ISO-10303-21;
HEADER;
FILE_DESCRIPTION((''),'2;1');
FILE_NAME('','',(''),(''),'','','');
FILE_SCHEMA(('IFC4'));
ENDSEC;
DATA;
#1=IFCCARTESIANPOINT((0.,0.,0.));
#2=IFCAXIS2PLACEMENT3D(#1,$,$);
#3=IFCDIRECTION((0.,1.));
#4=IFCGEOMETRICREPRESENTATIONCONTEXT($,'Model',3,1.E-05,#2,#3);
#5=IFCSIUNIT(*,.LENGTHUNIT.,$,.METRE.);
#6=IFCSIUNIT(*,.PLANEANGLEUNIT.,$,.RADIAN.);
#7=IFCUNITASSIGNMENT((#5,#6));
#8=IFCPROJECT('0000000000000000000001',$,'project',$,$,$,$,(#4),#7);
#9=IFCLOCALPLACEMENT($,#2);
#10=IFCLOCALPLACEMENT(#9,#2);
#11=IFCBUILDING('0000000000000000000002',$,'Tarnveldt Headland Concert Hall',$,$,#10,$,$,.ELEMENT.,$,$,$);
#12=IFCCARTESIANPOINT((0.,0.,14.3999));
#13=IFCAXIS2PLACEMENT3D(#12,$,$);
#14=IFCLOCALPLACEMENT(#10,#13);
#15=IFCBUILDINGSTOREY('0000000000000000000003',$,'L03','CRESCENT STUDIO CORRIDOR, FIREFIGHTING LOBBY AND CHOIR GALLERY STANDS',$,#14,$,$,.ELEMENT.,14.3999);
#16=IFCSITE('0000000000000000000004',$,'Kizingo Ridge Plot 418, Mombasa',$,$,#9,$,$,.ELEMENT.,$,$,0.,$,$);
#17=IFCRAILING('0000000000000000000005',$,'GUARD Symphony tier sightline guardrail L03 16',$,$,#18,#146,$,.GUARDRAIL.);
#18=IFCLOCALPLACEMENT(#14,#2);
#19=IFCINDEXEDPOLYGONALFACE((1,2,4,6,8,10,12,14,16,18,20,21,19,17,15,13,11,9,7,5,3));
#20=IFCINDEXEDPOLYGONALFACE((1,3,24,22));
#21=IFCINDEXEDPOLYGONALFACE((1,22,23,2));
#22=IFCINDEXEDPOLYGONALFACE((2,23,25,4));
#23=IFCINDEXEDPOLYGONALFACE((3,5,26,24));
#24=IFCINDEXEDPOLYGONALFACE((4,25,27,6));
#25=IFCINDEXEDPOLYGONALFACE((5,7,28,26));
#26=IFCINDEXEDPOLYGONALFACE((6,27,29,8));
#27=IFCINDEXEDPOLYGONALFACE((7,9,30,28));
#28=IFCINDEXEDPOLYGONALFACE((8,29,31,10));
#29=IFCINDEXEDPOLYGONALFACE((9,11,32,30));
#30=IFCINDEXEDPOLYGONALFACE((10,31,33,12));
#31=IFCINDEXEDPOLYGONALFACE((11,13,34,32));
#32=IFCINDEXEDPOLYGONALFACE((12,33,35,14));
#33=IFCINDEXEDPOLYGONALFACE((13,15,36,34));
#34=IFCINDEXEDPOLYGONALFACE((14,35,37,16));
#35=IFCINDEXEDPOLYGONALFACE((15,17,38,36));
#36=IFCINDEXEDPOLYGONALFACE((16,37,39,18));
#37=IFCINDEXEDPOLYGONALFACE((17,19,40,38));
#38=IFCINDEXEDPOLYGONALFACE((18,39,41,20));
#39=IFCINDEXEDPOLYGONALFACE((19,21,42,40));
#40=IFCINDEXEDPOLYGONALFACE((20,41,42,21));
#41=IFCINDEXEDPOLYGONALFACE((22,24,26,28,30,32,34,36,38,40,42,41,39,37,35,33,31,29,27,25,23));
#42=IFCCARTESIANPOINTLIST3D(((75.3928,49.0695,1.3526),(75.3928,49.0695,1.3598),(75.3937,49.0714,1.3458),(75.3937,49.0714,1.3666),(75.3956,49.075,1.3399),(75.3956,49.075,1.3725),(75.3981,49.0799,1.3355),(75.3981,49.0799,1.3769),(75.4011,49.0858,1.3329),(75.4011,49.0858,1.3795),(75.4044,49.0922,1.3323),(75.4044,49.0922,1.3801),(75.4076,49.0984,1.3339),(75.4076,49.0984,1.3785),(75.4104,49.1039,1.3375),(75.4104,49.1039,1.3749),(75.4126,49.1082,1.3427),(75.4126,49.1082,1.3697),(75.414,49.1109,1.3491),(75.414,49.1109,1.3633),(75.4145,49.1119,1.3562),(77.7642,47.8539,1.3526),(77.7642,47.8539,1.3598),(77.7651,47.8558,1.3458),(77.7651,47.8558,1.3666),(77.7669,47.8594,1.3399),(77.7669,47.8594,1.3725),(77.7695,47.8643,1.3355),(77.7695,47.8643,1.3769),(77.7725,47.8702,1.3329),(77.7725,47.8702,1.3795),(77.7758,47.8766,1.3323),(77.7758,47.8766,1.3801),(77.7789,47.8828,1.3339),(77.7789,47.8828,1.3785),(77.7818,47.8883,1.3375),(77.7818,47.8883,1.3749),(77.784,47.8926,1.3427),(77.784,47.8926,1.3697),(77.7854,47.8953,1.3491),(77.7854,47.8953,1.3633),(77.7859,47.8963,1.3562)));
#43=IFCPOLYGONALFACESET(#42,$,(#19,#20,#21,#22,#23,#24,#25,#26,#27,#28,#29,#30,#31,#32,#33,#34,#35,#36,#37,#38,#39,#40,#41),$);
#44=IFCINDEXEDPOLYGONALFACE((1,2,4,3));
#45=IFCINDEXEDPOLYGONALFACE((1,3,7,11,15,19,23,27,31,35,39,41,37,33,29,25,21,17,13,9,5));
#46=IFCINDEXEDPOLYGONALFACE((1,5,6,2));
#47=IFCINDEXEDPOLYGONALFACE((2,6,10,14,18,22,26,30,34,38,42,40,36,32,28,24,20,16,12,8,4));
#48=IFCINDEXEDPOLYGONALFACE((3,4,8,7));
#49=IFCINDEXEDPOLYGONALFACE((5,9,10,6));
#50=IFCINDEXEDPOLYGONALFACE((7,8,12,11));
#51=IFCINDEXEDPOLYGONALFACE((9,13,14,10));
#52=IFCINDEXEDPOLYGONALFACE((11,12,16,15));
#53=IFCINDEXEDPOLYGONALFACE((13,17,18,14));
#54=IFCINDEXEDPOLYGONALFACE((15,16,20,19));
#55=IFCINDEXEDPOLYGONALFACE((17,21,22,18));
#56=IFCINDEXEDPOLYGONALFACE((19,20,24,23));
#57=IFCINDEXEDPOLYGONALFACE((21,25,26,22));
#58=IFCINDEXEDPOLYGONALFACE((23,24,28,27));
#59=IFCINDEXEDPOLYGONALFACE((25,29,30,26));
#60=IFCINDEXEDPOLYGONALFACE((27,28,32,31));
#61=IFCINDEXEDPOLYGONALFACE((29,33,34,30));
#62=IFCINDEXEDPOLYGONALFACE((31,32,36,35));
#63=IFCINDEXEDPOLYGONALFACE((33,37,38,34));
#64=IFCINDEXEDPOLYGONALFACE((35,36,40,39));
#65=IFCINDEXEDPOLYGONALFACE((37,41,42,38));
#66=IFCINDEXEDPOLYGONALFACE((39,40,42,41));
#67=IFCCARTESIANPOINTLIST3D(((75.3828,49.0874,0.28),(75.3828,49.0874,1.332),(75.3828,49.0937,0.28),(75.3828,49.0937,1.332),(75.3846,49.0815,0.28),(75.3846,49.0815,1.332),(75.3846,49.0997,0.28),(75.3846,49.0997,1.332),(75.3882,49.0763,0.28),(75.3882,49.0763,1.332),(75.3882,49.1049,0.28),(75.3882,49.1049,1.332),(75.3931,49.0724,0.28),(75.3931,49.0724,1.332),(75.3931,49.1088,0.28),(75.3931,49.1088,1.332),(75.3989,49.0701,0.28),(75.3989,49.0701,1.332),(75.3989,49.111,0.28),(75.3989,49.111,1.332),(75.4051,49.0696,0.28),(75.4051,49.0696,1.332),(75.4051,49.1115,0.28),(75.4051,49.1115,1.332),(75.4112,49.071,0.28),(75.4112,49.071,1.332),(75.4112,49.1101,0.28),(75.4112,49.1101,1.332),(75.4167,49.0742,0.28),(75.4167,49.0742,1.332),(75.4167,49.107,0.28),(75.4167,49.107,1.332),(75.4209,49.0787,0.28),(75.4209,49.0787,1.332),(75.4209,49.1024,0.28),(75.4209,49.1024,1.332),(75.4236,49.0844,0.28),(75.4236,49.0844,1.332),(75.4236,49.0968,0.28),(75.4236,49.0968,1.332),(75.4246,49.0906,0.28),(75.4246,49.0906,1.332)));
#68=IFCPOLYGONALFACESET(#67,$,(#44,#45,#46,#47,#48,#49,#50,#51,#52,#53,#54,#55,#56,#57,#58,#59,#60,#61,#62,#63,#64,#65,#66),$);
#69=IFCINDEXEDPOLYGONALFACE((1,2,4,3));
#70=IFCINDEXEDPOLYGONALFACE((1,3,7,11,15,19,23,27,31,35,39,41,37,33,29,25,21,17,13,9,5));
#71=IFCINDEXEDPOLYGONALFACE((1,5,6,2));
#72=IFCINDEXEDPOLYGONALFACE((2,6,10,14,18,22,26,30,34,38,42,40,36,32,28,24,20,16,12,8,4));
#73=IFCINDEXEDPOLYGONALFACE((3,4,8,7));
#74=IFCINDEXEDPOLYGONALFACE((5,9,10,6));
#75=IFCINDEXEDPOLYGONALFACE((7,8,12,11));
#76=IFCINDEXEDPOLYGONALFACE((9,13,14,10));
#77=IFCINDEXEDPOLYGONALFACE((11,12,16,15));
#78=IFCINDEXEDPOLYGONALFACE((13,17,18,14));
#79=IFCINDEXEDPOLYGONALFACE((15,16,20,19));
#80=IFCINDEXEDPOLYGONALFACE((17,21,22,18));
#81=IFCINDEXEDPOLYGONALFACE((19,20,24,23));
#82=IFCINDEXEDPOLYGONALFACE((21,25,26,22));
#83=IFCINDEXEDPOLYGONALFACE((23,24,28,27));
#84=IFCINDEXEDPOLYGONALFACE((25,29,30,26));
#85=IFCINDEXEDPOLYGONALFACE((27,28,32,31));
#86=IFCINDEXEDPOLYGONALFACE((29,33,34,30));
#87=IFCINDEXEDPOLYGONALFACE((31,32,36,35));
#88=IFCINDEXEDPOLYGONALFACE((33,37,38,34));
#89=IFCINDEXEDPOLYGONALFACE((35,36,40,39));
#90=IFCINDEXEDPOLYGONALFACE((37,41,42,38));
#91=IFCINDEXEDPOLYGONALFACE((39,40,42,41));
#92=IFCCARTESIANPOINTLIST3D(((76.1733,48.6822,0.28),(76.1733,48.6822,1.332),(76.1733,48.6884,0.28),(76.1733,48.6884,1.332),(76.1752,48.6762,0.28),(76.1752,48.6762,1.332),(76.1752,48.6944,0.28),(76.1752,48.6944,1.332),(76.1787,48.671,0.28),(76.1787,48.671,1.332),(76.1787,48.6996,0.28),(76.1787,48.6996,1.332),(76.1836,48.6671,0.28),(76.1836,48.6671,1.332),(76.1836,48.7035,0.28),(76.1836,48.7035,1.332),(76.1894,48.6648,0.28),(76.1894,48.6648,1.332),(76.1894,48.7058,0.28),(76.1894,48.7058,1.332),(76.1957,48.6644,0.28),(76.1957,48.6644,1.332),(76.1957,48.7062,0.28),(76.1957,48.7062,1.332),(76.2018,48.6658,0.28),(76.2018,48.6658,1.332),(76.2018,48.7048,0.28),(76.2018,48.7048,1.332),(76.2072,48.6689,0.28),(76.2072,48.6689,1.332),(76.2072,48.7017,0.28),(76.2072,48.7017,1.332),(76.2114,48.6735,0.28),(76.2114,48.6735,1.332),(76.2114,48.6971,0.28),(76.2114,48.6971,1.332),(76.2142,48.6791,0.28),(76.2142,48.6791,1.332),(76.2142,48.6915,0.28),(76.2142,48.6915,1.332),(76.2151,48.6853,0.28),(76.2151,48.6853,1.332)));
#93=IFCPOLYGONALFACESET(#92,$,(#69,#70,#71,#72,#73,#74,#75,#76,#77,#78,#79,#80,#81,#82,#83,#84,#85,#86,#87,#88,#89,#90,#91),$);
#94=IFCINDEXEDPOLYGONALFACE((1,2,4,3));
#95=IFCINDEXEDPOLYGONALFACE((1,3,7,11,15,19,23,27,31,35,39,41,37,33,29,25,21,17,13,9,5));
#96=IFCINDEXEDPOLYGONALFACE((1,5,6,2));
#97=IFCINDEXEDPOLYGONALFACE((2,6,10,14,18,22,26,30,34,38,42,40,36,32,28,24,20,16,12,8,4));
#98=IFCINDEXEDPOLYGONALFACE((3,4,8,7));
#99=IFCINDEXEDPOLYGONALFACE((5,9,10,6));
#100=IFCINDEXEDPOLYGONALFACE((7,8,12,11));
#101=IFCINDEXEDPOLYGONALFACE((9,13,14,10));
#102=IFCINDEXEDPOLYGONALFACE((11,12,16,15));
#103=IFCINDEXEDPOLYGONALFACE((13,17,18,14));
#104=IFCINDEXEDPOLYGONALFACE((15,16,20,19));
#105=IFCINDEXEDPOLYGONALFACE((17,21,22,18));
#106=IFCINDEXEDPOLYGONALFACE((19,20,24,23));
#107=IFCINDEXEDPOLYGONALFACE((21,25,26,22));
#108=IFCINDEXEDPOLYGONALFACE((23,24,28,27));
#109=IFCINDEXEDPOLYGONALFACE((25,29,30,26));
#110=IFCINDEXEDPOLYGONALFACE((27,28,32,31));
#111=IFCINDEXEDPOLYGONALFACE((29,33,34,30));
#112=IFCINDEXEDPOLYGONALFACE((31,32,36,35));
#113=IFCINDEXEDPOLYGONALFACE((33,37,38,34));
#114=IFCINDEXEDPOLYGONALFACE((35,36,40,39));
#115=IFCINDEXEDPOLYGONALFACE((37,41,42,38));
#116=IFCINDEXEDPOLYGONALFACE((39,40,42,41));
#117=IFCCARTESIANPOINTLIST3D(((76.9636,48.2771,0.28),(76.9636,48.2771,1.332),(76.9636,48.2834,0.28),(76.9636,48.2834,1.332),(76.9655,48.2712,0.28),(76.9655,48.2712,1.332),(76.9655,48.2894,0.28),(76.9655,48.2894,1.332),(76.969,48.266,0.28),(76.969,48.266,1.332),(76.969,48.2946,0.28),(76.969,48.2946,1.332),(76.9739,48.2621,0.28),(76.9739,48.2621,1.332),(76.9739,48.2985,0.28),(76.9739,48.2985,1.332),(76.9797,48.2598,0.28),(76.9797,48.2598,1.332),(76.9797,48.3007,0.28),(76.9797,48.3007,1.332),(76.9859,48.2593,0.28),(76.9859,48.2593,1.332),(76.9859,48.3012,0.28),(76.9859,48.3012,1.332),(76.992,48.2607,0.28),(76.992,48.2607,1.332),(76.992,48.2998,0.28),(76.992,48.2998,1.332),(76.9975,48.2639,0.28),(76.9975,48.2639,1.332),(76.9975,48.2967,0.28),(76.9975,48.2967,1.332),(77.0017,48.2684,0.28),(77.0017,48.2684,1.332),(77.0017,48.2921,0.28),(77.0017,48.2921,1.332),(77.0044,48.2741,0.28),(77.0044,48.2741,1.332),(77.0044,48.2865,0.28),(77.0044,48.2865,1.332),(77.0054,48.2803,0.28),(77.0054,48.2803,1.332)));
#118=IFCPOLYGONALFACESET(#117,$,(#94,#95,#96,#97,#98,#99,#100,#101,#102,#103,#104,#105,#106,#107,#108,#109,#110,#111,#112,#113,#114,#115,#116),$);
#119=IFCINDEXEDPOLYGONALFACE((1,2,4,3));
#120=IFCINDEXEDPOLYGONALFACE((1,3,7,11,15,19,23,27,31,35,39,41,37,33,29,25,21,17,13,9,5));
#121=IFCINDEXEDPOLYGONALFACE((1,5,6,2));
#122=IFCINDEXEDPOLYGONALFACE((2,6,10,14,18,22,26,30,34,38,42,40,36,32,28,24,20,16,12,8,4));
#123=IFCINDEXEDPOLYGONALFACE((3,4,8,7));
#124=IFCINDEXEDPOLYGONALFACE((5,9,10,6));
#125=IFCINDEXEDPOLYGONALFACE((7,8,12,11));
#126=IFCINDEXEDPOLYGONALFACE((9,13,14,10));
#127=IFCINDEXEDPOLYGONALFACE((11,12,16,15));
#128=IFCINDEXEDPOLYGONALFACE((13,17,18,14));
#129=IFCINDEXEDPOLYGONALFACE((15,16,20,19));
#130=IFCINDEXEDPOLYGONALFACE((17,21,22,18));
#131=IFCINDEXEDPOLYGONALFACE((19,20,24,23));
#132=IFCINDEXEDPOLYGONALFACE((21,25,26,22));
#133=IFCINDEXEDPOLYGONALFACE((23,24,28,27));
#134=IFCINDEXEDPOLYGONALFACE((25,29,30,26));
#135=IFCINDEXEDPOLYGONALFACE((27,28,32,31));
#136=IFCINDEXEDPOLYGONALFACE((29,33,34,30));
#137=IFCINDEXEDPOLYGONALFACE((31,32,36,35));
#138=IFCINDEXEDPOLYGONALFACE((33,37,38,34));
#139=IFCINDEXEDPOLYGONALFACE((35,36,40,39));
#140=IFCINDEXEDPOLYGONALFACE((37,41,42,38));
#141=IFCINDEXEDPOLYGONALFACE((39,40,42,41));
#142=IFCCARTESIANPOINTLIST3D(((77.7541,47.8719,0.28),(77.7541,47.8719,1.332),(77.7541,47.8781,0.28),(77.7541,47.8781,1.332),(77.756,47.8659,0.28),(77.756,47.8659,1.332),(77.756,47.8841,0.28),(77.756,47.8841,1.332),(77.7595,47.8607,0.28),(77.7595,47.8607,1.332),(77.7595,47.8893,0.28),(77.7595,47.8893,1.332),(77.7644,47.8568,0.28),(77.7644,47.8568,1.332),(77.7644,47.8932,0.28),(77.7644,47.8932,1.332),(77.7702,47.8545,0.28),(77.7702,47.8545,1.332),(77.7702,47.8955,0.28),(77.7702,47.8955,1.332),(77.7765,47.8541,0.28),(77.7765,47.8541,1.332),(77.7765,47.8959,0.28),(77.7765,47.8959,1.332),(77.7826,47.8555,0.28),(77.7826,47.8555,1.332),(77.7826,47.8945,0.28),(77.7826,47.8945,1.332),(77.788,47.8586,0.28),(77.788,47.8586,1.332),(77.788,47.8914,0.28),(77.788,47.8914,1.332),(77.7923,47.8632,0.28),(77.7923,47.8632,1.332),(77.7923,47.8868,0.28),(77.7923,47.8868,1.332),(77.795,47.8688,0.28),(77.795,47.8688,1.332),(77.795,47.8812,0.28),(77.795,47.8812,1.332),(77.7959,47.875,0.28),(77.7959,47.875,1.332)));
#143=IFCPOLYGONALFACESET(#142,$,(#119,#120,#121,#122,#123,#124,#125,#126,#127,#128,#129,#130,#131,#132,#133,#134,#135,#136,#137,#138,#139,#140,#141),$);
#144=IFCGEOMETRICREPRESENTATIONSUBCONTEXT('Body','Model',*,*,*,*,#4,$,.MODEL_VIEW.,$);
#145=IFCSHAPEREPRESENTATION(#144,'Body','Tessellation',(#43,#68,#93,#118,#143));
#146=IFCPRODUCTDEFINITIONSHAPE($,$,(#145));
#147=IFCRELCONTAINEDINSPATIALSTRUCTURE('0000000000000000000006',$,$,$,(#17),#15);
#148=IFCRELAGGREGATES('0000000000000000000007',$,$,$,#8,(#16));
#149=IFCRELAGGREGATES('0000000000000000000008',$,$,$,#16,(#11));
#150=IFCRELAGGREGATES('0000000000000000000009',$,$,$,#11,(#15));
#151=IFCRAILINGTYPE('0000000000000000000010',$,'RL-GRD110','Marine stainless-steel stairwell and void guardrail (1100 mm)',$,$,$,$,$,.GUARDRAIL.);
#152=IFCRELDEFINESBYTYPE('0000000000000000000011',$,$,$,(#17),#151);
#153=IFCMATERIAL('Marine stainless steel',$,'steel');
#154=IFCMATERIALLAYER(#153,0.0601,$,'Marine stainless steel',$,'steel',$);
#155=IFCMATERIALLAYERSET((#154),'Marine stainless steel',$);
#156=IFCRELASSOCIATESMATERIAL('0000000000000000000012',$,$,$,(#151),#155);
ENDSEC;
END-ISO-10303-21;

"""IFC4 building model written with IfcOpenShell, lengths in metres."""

from ifc_helpers import new_model, si_unit, direction, frame, origin, origin_2d, place, context, subcontext, project, spatial, circle, extrude, material, layer, layer_set, type_object, element, save


model = new_model("IFC4")

# Units and contexts
model_context = context("Model", 3, precision=1e-05, world=origin(), true_north=direction((0.0, 1.0)))
body_context = subcontext(model_context, "Body", "Model", "MODEL_VIEW")
ifc_project = project(units=[si_unit("LENGTHUNIT", "METRE"), si_unit("PLANEANGLEUNIT", "RADIAN")], contexts=[model_context])

# Site, building, storey
site_placement = place(None, origin())
site = spatial("IfcSite", under=ifc_project, at=site_placement, Name="Kizingo Ridge Plot 418, Mombasa", CompositionType="ELEMENT", RefElevation=0.0)
building_placement = place(site_placement, origin())
building = spatial("IfcBuilding", under=site, at=building_placement, Name="Tarnveldt Headland Concert Hall", CompositionType="ELEMENT")
storey_placement = place(building_placement, frame((0.0, 0.0, 14.3999)))
storey = spatial("IfcBuildingStorey", under=building, at=storey_placement, Name="L03", Description="CRESCENT STUDIO CORRIDOR, FIREFIGHTING LOBBY AND CHOIR GALLERY STANDS", CompositionType="ELEMENT", Elevation=14.3999)

# Railing
ifc_material_1 = material(Name="Marine stainless steel", Category="steel")
ifc_layer = layer(ifc_material_1, 0.0601, Name="Marine stainless steel", Category="steel")
ifc_layer_set = layer_set([ifc_layer], Name="Marine stainless steel")
railing_type = type_object("IfcRailingType", Name="RL-GRD110", Description="Marine stainless-steel stairwell and void guardrail (1100 mm)", PredefinedType="GUARDRAIL", material=ifc_layer_set)
railing_1_placement = place(storey_placement, frame((75.4036, 49.0906, 0.28)))
element("IfcRailing", 1, at=railing_1_placement, inside=storey, type_object=railing_type, Name="GUARD Symphony tier sightline guardrail L03 16", PredefinedType="GUARDRAIL", context=body_context, shape_type="SweptSolid", body=[
    extrude(circle(Radius=0.0239, at=origin_2d()), frame((0.0, 0.0, 1.0762), z_axis=(0.889893, -0.45617, 0.0), x_axis=(0.45617, 0.889893, 0.0)), (0.0, 0.0, 1.0), 2.6648),
    extrude(circle(Radius=0.021, at=origin_2d()), origin(), (0.0, 0.0, 1.0), 1.052),
    extrude(circle(Radius=0.021, at=origin_2d()), frame((0.7905, -0.4053, 0.0)), (0.0, 0.0, 1.0), 1.052),
    extrude(circle(Radius=0.021, at=origin_2d()), frame((1.5808, -0.8103, 0.0)), (0.0, 0.0, 1.0), 1.052),
    extrude(circle(Radius=0.021, at=origin_2d()), frame((2.3713, -1.2156, 0.0)), (0.0, 0.0, 1.0), 1.052),
])

save(model, "model.ifc")
